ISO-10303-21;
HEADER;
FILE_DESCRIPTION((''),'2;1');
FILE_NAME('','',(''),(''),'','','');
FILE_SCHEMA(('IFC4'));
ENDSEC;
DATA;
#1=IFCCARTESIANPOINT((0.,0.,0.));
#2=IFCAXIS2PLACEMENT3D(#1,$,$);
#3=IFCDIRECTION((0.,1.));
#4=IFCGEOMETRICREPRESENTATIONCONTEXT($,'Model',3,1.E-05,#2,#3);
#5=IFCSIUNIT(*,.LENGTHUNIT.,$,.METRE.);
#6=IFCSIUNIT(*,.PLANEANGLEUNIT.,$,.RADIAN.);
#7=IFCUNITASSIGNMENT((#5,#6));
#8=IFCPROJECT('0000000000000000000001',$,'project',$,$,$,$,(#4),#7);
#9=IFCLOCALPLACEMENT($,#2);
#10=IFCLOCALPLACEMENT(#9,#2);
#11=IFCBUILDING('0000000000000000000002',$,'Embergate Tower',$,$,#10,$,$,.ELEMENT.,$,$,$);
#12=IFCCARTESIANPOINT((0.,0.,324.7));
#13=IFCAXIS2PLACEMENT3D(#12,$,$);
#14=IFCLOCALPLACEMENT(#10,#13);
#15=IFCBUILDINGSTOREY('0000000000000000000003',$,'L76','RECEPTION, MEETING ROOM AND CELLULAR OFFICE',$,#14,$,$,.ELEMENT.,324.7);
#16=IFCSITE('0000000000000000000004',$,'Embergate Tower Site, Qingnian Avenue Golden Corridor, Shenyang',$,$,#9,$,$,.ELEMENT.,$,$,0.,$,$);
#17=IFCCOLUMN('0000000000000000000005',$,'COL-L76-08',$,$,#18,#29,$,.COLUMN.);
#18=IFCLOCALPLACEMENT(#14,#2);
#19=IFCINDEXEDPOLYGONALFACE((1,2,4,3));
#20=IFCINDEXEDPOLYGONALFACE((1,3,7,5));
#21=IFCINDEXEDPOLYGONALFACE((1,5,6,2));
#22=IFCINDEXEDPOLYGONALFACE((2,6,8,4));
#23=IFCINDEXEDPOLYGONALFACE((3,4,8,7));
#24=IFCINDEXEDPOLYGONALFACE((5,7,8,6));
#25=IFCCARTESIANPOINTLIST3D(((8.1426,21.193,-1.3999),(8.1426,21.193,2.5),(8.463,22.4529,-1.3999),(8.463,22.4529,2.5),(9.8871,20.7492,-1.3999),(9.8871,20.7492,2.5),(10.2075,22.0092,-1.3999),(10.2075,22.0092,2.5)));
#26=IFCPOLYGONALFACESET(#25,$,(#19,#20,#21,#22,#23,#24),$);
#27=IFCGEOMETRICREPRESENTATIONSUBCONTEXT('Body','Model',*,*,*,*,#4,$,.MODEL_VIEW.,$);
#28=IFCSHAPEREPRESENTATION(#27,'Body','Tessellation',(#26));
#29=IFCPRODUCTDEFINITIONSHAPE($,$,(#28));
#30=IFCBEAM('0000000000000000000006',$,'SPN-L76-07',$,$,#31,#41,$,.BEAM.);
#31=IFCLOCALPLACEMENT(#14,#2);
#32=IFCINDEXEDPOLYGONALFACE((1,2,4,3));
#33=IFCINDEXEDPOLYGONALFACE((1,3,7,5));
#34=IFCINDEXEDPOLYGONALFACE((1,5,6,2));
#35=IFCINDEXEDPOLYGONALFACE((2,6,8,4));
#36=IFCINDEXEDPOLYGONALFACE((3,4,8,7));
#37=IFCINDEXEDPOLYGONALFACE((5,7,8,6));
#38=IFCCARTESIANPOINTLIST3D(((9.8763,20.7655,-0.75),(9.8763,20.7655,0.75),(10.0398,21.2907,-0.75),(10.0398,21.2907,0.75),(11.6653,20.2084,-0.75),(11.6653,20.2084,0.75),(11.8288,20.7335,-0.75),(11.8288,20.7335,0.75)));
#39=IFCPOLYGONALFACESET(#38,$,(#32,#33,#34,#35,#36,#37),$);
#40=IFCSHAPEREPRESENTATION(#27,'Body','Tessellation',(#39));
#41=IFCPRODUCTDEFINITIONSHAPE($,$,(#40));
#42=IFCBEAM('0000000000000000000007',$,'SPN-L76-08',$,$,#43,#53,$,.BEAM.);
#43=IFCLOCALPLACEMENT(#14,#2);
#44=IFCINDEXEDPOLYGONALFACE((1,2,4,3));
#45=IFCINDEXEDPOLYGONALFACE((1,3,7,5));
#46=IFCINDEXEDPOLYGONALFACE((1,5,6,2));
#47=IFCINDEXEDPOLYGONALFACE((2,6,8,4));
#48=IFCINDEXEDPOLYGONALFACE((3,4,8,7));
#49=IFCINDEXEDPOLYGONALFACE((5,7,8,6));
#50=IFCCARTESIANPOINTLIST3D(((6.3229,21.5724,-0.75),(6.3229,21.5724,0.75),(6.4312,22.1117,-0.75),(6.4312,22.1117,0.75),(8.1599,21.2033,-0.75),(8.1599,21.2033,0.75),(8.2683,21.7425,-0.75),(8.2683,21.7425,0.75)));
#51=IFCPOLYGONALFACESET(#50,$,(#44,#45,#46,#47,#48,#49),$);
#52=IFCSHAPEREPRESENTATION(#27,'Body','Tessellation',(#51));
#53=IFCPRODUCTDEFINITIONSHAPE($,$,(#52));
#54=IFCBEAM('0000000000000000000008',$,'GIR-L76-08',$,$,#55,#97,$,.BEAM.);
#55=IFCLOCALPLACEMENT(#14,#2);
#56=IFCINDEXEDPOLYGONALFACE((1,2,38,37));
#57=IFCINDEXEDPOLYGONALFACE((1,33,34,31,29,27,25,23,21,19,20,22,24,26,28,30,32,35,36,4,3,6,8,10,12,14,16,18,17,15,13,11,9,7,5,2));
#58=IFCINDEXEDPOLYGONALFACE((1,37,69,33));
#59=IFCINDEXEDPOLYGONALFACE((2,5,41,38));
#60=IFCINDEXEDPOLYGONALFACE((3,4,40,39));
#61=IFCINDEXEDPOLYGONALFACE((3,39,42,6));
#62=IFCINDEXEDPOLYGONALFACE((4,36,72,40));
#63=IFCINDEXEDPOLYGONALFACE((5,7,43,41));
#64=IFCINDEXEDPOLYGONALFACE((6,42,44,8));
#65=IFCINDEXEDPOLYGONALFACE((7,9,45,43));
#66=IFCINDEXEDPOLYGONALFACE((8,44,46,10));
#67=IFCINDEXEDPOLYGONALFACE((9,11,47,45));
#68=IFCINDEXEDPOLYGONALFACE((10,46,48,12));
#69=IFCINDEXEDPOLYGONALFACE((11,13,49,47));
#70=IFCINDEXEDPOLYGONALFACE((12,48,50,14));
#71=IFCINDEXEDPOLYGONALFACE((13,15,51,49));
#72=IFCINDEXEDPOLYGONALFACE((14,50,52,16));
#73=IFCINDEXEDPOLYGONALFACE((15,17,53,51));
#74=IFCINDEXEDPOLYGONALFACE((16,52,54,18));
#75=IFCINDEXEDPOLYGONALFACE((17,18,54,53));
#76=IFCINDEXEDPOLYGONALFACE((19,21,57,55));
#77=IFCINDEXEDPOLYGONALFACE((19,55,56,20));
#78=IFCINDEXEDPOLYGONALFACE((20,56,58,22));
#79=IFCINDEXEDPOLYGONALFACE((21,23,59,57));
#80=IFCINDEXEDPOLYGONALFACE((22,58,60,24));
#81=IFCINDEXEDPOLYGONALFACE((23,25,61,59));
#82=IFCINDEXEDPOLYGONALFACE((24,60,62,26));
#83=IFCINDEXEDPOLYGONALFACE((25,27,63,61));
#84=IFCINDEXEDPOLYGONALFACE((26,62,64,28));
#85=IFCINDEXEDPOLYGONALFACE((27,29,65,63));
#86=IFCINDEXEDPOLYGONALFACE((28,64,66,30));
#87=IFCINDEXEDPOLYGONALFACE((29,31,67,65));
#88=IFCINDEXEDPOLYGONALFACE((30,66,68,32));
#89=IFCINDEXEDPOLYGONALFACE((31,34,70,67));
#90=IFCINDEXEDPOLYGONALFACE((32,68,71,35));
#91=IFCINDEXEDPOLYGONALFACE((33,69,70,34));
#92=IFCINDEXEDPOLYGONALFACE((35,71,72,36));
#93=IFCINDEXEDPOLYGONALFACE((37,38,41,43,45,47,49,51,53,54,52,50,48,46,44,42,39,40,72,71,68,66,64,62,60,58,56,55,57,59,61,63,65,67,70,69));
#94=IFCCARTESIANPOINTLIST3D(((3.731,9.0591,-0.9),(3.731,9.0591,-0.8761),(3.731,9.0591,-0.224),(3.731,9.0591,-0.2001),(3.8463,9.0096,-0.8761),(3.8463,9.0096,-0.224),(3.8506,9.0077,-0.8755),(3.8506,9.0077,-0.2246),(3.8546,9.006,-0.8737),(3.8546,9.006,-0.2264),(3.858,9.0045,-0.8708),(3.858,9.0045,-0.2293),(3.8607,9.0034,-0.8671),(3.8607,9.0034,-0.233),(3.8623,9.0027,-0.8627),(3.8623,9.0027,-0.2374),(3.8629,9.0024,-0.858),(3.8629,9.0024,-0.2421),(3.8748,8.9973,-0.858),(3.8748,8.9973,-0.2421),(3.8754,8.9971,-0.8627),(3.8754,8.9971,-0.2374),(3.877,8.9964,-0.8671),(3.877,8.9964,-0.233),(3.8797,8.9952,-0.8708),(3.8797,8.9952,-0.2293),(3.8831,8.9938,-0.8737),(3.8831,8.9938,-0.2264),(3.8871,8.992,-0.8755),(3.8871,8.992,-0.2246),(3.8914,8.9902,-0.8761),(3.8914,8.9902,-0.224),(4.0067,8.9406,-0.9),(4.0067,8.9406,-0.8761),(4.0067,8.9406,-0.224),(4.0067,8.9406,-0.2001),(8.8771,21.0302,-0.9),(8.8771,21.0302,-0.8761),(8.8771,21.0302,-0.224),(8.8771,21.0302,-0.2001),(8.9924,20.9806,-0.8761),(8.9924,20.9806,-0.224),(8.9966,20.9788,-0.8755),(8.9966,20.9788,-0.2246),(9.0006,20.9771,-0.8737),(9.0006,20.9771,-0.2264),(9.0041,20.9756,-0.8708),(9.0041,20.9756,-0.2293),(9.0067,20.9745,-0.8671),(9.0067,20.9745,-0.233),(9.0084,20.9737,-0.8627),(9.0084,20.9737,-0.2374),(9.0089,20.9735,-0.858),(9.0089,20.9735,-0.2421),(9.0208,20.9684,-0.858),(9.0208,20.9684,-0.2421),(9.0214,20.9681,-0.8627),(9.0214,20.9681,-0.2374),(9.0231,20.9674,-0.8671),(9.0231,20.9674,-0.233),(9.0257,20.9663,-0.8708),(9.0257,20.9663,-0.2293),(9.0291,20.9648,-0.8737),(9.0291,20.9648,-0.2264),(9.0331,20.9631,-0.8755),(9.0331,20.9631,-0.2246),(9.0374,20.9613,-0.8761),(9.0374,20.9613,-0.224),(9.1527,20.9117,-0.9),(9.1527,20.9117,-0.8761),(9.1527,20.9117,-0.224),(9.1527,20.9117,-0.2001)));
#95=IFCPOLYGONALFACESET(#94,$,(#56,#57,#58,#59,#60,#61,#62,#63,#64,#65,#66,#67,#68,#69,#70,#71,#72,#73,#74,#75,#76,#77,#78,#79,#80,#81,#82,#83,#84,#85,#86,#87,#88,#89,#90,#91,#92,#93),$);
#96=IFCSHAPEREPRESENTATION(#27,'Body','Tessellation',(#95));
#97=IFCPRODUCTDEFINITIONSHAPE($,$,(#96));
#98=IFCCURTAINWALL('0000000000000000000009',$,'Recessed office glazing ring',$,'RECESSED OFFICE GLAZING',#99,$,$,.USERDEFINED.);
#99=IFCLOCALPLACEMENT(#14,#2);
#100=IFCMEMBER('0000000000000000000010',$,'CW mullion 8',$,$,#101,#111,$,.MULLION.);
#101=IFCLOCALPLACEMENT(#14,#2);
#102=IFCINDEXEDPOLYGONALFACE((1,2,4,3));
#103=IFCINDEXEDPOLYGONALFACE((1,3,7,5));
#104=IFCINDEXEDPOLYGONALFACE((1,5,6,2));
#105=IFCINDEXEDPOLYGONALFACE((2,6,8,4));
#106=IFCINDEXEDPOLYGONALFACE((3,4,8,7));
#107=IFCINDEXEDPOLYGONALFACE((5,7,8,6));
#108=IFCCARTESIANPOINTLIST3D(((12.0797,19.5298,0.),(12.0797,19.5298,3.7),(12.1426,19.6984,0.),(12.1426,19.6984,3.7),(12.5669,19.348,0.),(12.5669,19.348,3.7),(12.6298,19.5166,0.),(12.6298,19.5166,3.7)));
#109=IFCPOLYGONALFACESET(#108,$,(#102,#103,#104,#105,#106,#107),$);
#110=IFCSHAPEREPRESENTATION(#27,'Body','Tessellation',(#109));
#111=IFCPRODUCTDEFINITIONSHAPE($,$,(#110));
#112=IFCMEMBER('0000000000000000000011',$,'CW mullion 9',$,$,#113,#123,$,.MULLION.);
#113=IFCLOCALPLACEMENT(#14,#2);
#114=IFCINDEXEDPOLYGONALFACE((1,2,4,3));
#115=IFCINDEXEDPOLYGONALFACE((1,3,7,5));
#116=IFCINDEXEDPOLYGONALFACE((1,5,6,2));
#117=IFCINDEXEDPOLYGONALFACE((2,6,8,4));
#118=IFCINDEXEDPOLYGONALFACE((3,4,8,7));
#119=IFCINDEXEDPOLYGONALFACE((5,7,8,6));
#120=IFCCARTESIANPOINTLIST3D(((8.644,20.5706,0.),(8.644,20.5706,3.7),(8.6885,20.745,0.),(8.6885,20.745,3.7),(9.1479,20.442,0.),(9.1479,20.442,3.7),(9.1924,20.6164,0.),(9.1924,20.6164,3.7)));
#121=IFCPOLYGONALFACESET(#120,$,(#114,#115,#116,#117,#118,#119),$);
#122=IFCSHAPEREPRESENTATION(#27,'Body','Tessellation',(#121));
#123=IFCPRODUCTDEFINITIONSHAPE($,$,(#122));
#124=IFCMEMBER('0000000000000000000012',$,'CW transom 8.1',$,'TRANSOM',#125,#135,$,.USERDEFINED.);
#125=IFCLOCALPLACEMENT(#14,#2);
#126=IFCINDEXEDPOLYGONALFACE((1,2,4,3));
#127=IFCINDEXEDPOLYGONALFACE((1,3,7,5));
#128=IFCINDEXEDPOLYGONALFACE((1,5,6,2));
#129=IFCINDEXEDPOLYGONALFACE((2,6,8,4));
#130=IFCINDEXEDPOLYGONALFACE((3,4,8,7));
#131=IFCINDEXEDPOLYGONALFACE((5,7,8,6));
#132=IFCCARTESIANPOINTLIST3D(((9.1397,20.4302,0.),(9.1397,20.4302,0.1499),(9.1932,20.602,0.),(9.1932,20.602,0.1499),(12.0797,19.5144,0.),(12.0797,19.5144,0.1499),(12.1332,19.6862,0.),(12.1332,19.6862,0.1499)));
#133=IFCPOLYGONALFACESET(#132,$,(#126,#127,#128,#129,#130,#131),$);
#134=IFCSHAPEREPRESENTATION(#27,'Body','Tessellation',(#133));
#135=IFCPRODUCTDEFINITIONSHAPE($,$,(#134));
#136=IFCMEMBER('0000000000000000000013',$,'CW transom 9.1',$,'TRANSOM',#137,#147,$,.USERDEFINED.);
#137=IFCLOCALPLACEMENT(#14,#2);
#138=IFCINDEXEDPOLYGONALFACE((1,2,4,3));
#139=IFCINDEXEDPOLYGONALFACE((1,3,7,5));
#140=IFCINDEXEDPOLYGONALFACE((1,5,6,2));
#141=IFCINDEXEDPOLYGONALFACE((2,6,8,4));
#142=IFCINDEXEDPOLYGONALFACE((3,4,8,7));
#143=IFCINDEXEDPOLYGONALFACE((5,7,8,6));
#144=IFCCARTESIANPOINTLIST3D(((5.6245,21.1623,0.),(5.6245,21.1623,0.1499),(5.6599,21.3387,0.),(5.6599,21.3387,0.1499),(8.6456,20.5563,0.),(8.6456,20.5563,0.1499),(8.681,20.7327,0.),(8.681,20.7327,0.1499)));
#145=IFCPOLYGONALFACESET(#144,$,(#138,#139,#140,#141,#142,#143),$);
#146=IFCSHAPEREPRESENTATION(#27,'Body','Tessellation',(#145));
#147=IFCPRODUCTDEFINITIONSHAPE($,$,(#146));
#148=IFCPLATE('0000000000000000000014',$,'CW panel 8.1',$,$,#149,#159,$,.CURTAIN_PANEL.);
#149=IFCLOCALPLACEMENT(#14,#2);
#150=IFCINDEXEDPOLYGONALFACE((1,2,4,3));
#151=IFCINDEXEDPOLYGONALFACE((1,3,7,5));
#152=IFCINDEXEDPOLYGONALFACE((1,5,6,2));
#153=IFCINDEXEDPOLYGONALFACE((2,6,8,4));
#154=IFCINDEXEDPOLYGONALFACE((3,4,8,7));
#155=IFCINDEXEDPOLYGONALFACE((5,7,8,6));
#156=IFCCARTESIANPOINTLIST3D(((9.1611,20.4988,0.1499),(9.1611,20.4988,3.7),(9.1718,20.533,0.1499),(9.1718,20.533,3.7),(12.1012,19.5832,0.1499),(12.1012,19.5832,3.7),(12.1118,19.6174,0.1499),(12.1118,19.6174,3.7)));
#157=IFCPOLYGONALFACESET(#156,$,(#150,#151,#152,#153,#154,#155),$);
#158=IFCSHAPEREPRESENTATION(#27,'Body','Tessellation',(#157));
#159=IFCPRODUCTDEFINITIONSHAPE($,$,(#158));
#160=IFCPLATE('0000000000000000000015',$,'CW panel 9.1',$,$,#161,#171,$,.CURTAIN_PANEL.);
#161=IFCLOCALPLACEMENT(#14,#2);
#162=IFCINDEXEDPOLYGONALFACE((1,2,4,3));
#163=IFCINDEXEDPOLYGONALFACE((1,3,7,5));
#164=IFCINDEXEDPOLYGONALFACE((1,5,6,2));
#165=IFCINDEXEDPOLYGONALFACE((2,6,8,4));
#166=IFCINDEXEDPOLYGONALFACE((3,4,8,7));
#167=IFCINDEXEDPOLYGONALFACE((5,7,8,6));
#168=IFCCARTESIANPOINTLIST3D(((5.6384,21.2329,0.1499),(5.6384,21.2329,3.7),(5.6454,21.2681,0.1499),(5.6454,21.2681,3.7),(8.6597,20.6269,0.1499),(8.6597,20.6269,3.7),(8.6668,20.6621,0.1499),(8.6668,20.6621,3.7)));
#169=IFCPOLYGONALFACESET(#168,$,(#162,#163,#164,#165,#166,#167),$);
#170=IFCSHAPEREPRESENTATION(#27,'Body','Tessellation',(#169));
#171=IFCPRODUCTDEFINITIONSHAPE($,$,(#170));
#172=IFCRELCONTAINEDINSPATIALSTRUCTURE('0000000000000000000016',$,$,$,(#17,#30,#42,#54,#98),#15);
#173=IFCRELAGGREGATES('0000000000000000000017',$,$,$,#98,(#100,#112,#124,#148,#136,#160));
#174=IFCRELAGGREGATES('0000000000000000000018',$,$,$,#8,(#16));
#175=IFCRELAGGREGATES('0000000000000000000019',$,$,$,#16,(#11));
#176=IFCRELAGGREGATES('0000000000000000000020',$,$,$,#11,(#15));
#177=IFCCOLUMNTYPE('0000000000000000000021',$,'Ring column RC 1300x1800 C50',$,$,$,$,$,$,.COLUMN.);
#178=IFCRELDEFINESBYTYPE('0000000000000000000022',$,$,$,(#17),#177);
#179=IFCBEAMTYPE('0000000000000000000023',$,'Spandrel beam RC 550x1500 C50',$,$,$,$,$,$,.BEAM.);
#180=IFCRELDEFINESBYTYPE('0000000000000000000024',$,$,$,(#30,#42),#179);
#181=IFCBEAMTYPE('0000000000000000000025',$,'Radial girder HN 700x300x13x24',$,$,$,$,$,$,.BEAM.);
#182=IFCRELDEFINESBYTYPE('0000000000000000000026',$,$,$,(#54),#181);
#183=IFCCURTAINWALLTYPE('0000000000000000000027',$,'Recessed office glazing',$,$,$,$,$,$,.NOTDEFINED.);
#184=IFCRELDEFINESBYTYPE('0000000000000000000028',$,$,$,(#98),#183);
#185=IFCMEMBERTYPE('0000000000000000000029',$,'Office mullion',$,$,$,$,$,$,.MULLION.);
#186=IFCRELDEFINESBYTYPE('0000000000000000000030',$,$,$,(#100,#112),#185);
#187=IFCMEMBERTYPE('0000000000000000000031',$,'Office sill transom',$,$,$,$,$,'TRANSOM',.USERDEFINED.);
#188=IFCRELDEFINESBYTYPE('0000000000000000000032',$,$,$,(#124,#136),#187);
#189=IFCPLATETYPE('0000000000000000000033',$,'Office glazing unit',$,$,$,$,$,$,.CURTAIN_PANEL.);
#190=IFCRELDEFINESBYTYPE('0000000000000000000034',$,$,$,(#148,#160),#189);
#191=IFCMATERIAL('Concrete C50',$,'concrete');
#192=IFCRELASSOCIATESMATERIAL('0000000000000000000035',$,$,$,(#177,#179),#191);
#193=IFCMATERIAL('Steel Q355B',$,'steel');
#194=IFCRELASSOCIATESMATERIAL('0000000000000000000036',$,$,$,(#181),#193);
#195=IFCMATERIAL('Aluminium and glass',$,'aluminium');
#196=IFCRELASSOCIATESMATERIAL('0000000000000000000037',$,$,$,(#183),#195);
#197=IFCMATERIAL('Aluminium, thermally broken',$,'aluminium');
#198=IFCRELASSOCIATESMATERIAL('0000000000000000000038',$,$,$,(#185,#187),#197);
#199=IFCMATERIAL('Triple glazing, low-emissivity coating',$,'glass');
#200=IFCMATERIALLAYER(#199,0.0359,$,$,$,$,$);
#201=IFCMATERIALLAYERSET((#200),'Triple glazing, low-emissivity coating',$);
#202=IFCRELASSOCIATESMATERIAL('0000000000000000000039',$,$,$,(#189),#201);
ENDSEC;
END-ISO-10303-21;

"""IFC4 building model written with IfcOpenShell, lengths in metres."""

from ifc_helpers import new_model, si_unit, direction, frame, origin, origin_2d, place, context, subcontext, project, spatial, rectangle, i_section, extrude, source, transform, mapped, material, layer, layer_set, material_profile, profile_set, type_object, element, aggregate, save


model = new_model("IFC4")

# Units and contexts
model_context = context("Model", 3, precision=1e-05, world=origin(), true_north=direction((0.0, 1.0)))
body_context = subcontext(model_context, "Body", "Model", "MODEL_VIEW")
ifc_project = project(units=[si_unit("LENGTHUNIT", "METRE"), si_unit("PLANEANGLEUNIT", "RADIAN")], contexts=[model_context])

# Site, building, storey
site_placement = place(None, origin())
site = spatial("IfcSite", under=ifc_project, at=site_placement, Name="Embergate Tower Site, Qingnian Avenue Golden Corridor, Shenyang", CompositionType="ELEMENT", RefElevation=0.0)
building_placement = place(site_placement, origin())
building = spatial("IfcBuilding", under=site, at=building_placement, Name="Embergate Tower", CompositionType="ELEMENT")
storey_placement = place(building_placement, frame((0.0, 0.0, 324.7)))
storey = spatial("IfcBuildingStorey", under=building, at=storey_placement, Name="L76", Description="RECEPTION, MEETING ROOM AND CELLULAR OFFICE", CompositionType="ELEMENT", Elevation=324.7)

# Column
ifc_material_1 = material(Name="Concrete C50", Category="concrete")
ifc_material_profile_1 = material_profile(ifc_material_1, rectangle(XDim=1.3, YDim=1.8, at=origin_2d()), Name="RC 1300x1800")
ifc_profile_set_1 = profile_set([ifc_material_profile_1], Name="Concrete C50")
column_type = type_object("IfcColumnType", Name="Ring column RC 1300x1800 C50", PredefinedType="COLUMN", material=ifc_profile_set_1)
shared_shape_1 = source(origin(), body_context, "Body", "SweptSolid", [
    extrude(rectangle(XDim=1.3, YDim=1.8, at=origin_2d()), origin(), (0.0, 0.0, 1.0), 3.8999),
])
column_placement = place(storey_placement, frame((9.175, 21.6011, -1.3999), z_axis=(0.0, 0.0, 1.0), x_axis=(0.246509, 0.969141, 0.0)))
element("IfcColumn", 1, at=column_placement, inside=storey, type_object=column_type, Name="COL-L76-08", PredefinedType="COLUMN", context=body_context, shape_type="MappedRepresentation", body=[
    mapped(shared_shape_1, transform((0.0, 0.0, 0.0))),
])

# Beams
ifc_material_profile_2 = material_profile(ifc_material_1, rectangle(XDim=0.55, YDim=1.5, at=origin_2d()), Name="RC 550x1500")
ifc_profile_set_2 = profile_set([ifc_material_profile_2], Name="Concrete C50")
beam_type_1 = type_object("IfcBeamType", Name="Spandrel beam RC 550x1500 C50", PredefinedType="BEAM", material=ifc_profile_set_2)
shared_shape_2 = source(origin(), body_context, "Body", "SweptSolid", [
    extrude(rectangle(XDim=0.55, YDim=1.5, at=origin_2d()), origin(), (0.0, 0.0, 1.0), 1.8738),
])
for number, where, z_axis, x_axis, name in (
    (2, (11.7471, 20.4709, 0.0), (-0.954776, 0.297325, 0.0), (-0.297325, -0.954776, 0.0), "SPN-L76-07"),
    (3, (8.2141, 21.4729, 0.0), (-0.980405, 0.196993, 0.0), (-0.196993, -0.980405, 0.0), "SPN-L76-08"),
):
    element("IfcBeam", number, at=place(storey_placement, frame(where, z_axis=z_axis, x_axis=x_axis)), inside=storey, type_object=beam_type_1, Name=name, PredefinedType="BEAM", context=body_context, shape_type="MappedRepresentation", body=[
        mapped(shared_shape_2, transform((0.0, 0.0, 0.0))),
    ])
ifc_material_2 = material(Name="Steel Q355B", Category="steel")
ifc_material_profile_3 = material_profile(ifc_material_2, i_section(OverallWidth=0.3, OverallDepth=0.7, WebThickness=0.0129, FlangeThickness=0.0239, FilletRadius=0.0181, at=origin_2d()), Name="HN 700x300x13x24")
ifc_profile_set_3 = profile_set([ifc_material_profile_3], Name="Steel Q355 grade B")
beam_type_2 = type_object("IfcBeamType", Name="Radial girder HN 700x300x13x24", PredefinedType="BEAM", material=ifc_profile_set_3)
shared_shape_3 = source(origin(), body_context, "Body", "SweptSolid", [
    extrude(i_section(OverallWidth=0.3, OverallDepth=0.7, WebThickness=0.0129, FlangeThickness=0.0239, FilletRadius=0.0181, at=origin_2d()), origin(), (0.0, 0.0, 1.0), 13.0303),
])
beam_placement = place(storey_placement, frame((9.0149, 20.9709, -0.55), z_axis=(-0.39493, -0.918711, 0.0), x_axis=(0.918711, -0.39493, 0.0)))
element("IfcBeam", 4, at=beam_placement, inside=storey, type_object=beam_type_2, Name="GIR-L76-08", PredefinedType="BEAM", context=body_context, shape_type="MappedRepresentation", body=[
    mapped(shared_shape_3, transform((0.0, 0.0, 0.0))),
])

# Curtain wall, members, plates
ifc_material_3 = material(Name="Aluminium and glass", Category="aluminium")
curtain_wall_type = type_object("IfcCurtainWallType", Name="Recessed office glazing", PredefinedType="NOTDEFINED", material=ifc_material_3)
curtain_wall_placement = place(storey_placement, origin())
curtain_wall = element("IfcCurtainWall", 5, at=curtain_wall_placement, inside=storey, type_object=curtain_wall_type, Name="Recessed office glazing ring", ObjectType="RECESSED OFFICE GLAZING", PredefinedType="USERDEFINED")
ifc_material_4 = material(Name="Aluminium, thermally broken", Category="aluminium")
ifc_material_profile_4 = material_profile(ifc_material_4, rectangle(XDim=0.1799, YDim=0.52, at=origin_2d()), Name="AL 520x180")
ifc_profile_set_4 = profile_set([ifc_material_profile_4], Name="Aluminium, thermally broken")
member_type_1 = type_object("IfcMemberType", Name="Office mullion", PredefinedType="MULLION", material=ifc_profile_set_4)
shared_shape_4 = source(origin(), body_context, "Body", "SweptSolid", [
    extrude(rectangle(XDim=0.1799, YDim=0.52, at=origin_2d()), origin(), (0.0, 0.0, 1.0), 3.7),
])
member_1_placement = place(storey_placement, frame((12.3547, 19.5232, 0.0), z_axis=(0.0, 0.0, 1.0), x_axis=(-0.349501, -0.936936, 0.0)))
member_1 = element("IfcMember", 6, at=member_1_placement, type_object=member_type_1, Name="CW mullion 8", PredefinedType="MULLION", context=body_context, shape_type="MappedRepresentation", body=[
    mapped(shared_shape_4, transform((0.0, 0.0, 0.0))),
])
member_2_placement = place(storey_placement, frame((8.9182, 20.5935, 0.0), z_axis=(0.0, 0.0, 1.0), x_axis=(-0.247312, -0.968936, 0.0)))
member_2 = element("IfcMember", 7, at=member_2_placement, type_object=member_type_1, Name="CW mullion 9", PredefinedType="MULLION", context=body_context, shape_type="MappedRepresentation", body=[
    mapped(shared_shape_4, transform((0.0, 0.0, 0.0))),
])
ifc_material_profile_5 = material_profile(ifc_material_4, rectangle(XDim=0.1799, YDim=0.1499, at=origin_2d()), Name="AL 150x180")
ifc_profile_set_5 = profile_set([ifc_material_profile_5], Name="Aluminium, thermally broken")
member_type_2 = type_object("IfcMemberType", Name="Office sill transom", ElementType="TRANSOM", PredefinedType="USERDEFINED", material=ifc_profile_set_5)
shared_shape_5 = source(origin(), body_context, "Body", "SweptSolid", [
    extrude(rectangle(XDim=0.1799, YDim=0.1499, at=origin_2d()), origin(), (0.0, 0.0, 1.0), 3.0793),
])
member_3_placement = place(storey_placement, frame((12.1064, 19.6003, 0.075), z_axis=(-0.954753, 0.297399, 0.0), x_axis=(-0.297399, -0.954753, 0.0)))
member_3 = element("IfcMember", 8, at=member_3_placement, type_object=member_type_2, Name="CW transom 8.1", ObjectType="TRANSOM", PredefinedType="USERDEFINED", context=body_context, shape_type="MappedRepresentation", body=[
    mapped(shared_shape_5, transform((0.0, 0.0, 0.0))),
])
shared_shape_6 = source(origin(), body_context, "Body", "SweptSolid", [
    extrude(rectangle(XDim=0.1799, YDim=0.1499, at=origin_2d()), origin(), (0.0, 0.0, 1.0), 3.0813),
])
member_4_placement = place(storey_placement, frame((8.6633, 20.6445, 0.075), z_axis=(-0.980474, 0.196649, 0.0), x_axis=(-0.196649, -0.980474, 0.0)))
member_4 = element("IfcMember", 9, at=member_4_placement, type_object=member_type_2, Name="CW transom 9.1", ObjectType="TRANSOM", PredefinedType="USERDEFINED", context=body_context, shape_type="MappedRepresentation", body=[
    mapped(shared_shape_6, transform((0.0, 0.0, 0.0))),
])
ifc_material_5 = material(Name="Triple glazing, low-emissivity coating", Category="glass")
ifc_layer_1 = layer(ifc_material_5, 0.0359)
ifc_layer_set_1 = layer_set([ifc_layer_1], Name="Triple glazing, low-emissivity coating")
plate_type = type_object("IfcPlateType", Name="Office glazing unit", PredefinedType="CURTAIN_PANEL", material=ifc_layer_set_1)
shared_shape_7 = source(origin(), body_context, "Body", "SweptSolid", [
    extrude(rectangle(XDim=3.0793, YDim=0.0359, at=origin_2d()), origin(), (0.0, 0.0, 1.0), 3.55),
])
plate_1_placement = place(storey_placement, frame((10.6365, 20.0581, 0.1499), z_axis=(0.0, 0.0, 1.0), x_axis=(-0.954771, 0.297342, 0.0)))
plate_1 = element("IfcPlate", 10, at=plate_1_placement, type_object=plate_type, Name="CW panel 8.1", PredefinedType="CURTAIN_PANEL", context=body_context, shape_type="MappedRepresentation", body=[
    mapped(shared_shape_7, transform((0.0, 0.0, 0.0))),
])
shared_shape_8 = source(origin(), body_context, "Body", "SweptSolid", [
    extrude(rectangle(XDim=3.0815, YDim=0.0359, at=origin_2d()), origin(), (0.0, 0.0, 1.0), 3.55),
])
plate_2_placement = place(storey_placement, frame((7.1526, 20.9475, 0.1499), z_axis=(0.0, 0.0, 1.0), x_axis=(-0.980475, 0.196643, 0.0)))
plate_2 = element("IfcPlate", 11, at=plate_2_placement, type_object=plate_type, Name="CW panel 9.1", PredefinedType="CURTAIN_PANEL", context=body_context, shape_type="MappedRepresentation", body=[
    mapped(shared_shape_8, transform((0.0, 0.0, 0.0))),
])
aggregate(curtain_wall, [member_1, member_2, member_3, plate_1, member_4, plate_2])

save(model, "model.ifc")
